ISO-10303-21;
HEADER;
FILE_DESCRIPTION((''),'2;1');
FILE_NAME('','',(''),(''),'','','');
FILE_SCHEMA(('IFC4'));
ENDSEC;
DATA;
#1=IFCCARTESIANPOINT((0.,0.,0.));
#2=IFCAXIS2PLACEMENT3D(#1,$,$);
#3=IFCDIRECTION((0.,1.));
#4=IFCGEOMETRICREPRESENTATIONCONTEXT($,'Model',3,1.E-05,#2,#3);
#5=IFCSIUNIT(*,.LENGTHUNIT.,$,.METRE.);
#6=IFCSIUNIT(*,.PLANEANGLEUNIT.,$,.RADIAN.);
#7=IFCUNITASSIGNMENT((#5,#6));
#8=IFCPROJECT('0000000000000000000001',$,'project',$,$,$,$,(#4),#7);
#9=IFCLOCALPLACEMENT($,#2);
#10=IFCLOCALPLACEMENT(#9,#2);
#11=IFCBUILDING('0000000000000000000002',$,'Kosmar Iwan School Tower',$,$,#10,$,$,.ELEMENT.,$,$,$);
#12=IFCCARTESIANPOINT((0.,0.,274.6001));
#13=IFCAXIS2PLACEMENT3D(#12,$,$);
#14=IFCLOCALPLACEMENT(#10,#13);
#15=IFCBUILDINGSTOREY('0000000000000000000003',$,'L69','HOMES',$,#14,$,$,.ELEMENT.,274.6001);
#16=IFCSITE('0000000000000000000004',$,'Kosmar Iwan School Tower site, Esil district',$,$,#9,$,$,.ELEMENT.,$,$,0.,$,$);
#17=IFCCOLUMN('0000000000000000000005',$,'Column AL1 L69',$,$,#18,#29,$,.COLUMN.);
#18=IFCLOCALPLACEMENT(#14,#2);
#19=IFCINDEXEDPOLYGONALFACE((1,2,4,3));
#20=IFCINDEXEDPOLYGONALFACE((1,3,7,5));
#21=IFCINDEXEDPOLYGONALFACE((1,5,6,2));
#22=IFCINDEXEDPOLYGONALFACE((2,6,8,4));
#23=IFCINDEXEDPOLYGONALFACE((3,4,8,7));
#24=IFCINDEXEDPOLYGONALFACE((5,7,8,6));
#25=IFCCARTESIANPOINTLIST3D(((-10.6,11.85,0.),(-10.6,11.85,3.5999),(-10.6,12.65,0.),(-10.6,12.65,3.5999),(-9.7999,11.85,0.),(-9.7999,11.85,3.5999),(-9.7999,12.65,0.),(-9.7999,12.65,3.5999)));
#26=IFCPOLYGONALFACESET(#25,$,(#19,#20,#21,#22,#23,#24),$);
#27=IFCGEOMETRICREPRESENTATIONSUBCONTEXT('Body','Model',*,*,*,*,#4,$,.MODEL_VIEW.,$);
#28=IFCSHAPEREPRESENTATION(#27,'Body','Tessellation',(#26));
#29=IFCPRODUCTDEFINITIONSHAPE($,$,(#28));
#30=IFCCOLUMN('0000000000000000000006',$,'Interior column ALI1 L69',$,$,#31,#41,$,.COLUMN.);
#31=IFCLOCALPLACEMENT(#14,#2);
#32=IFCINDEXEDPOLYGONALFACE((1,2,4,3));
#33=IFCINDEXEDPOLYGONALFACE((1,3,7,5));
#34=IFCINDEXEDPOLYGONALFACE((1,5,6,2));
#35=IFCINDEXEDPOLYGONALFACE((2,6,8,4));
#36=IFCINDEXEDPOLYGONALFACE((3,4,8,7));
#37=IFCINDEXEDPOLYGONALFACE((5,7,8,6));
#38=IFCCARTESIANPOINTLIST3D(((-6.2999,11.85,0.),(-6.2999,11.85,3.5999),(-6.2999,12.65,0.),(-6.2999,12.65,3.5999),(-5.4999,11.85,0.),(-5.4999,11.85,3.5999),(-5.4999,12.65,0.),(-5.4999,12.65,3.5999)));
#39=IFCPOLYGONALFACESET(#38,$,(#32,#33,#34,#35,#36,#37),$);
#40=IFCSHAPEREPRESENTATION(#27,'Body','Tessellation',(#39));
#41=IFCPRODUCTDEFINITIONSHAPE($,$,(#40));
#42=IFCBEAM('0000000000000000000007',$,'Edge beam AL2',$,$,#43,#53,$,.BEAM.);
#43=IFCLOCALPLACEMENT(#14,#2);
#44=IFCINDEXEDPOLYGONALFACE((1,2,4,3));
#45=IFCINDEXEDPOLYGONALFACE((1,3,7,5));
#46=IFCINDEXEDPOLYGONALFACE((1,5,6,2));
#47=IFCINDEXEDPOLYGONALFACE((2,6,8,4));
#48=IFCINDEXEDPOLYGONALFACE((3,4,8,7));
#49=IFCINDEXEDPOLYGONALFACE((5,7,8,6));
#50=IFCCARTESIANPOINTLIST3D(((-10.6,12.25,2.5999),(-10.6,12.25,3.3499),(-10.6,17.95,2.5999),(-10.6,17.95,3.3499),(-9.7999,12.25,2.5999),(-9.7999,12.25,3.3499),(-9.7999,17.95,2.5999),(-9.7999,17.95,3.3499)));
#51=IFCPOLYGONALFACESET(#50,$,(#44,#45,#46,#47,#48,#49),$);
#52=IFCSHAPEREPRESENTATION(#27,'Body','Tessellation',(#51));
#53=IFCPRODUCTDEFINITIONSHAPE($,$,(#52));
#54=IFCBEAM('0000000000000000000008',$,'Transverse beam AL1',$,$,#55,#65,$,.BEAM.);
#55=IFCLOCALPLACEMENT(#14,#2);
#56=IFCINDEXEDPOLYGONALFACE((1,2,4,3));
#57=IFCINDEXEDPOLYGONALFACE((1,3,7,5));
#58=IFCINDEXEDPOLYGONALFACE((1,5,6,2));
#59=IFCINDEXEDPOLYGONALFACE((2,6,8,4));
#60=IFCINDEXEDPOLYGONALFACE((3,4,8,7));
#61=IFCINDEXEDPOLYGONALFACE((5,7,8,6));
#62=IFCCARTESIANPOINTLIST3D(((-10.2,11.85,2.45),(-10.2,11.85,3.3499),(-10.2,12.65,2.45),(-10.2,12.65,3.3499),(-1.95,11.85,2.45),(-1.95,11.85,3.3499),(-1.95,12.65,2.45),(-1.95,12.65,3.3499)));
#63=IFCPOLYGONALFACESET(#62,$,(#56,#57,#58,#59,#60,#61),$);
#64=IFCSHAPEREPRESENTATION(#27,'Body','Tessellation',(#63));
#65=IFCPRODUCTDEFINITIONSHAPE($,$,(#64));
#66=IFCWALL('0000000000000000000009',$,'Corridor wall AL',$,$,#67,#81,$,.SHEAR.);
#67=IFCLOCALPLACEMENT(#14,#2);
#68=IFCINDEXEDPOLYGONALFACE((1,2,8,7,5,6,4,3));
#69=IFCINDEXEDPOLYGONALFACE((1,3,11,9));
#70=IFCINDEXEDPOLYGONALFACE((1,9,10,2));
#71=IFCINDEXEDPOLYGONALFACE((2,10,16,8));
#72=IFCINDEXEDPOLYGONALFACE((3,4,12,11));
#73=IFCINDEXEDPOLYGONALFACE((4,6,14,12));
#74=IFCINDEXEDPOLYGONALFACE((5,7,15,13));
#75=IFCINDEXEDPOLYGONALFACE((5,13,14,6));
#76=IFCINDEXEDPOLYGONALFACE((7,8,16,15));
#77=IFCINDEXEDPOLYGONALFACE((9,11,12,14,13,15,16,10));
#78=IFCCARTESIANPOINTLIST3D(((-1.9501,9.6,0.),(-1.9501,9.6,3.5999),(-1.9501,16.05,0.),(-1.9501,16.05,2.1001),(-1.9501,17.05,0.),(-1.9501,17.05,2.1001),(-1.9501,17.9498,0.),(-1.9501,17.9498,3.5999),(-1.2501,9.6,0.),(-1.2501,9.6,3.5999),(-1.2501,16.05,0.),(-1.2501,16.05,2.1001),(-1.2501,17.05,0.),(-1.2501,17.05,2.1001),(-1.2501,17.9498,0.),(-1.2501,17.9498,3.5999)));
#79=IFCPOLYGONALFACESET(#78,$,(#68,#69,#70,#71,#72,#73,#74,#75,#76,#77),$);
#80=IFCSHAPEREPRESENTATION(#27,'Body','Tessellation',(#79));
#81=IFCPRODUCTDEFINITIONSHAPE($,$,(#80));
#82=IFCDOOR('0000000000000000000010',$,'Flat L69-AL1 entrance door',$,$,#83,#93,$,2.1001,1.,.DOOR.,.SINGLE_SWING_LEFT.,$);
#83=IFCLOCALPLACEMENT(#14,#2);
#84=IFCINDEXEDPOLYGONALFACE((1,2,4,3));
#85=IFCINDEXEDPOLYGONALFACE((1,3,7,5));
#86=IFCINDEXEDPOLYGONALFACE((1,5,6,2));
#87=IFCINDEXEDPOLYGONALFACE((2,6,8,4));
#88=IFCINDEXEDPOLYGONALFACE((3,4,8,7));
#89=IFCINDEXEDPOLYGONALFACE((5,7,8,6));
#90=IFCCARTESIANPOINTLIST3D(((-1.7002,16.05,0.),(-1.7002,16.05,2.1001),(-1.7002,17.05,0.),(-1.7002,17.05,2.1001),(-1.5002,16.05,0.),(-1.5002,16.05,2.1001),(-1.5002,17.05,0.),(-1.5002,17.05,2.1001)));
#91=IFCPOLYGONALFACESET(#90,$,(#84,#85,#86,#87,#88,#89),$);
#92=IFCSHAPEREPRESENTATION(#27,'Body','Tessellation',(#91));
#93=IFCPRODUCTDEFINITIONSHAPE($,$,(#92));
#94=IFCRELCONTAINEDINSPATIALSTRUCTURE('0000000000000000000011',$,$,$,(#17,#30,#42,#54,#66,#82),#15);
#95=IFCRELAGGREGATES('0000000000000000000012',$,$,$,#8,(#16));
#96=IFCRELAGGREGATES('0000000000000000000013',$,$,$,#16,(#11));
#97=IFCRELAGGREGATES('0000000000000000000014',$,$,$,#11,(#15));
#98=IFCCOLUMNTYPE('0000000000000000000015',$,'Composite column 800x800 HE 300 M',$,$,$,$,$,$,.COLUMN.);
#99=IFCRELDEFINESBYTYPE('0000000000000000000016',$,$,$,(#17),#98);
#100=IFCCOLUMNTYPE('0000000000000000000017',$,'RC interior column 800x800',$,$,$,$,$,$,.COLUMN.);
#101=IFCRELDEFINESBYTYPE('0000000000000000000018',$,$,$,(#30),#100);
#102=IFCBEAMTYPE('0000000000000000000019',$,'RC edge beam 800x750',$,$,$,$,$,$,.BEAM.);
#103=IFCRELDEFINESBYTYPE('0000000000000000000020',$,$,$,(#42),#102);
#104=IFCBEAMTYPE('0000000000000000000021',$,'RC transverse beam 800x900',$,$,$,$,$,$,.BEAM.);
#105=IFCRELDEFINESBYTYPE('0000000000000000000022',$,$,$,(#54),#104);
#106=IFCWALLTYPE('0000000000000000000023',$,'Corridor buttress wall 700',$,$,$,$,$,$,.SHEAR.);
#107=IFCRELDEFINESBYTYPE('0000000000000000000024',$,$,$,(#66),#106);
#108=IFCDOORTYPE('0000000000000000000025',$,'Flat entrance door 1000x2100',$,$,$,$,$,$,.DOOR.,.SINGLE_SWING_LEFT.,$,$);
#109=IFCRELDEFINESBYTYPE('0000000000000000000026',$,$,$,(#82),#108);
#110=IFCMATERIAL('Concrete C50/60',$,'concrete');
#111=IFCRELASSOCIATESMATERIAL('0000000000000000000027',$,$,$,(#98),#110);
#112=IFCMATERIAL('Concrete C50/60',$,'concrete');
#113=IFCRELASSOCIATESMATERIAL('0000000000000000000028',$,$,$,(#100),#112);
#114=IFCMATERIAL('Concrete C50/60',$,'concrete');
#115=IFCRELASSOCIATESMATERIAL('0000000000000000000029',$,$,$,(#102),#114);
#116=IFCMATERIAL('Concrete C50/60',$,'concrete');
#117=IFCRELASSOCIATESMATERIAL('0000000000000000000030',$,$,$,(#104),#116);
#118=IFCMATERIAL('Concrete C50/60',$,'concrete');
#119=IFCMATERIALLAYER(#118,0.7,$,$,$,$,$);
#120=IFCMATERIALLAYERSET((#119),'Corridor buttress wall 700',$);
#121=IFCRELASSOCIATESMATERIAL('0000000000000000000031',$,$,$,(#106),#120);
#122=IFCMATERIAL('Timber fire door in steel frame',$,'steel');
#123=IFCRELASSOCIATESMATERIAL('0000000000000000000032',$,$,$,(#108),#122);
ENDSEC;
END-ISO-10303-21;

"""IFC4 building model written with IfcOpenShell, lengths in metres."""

from ifc_helpers import new_model, si_unit, direction, frame, frame_2d, origin, origin_2d, place, context, subcontext, project, spatial, rectangle, extrude, material, layer, layer_set, material_profile, profile_set, type_object, element, fill, save


model = new_model("IFC4")

# Units and contexts
model_context = context("Model", 3, precision=1e-05, world=origin(), true_north=direction((0.0, 1.0)))
body_context = subcontext(model_context, "Body", "Model", "MODEL_VIEW")
ifc_project = project(units=[si_unit("LENGTHUNIT", "METRE"), si_unit("PLANEANGLEUNIT", "RADIAN")], contexts=[model_context])

# Site, building, storey
site_placement = place(None, origin())
site = spatial("IfcSite", under=ifc_project, at=site_placement, Name="Kosmar Iwan School Tower site, Esil district", CompositionType="ELEMENT", RefElevation=0.0)
building_placement = place(site_placement, origin())
building = spatial("IfcBuilding", under=site, at=building_placement, Name="Kosmar Iwan School Tower", CompositionType="ELEMENT")
storey_placement = place(building_placement, frame((0.0, 0.0, 274.6001)))
storey = spatial("IfcBuildingStorey", under=building, at=storey_placement, Name="L69", Description="HOMES", CompositionType="ELEMENT", Elevation=274.6001)

# Columns
ifc_material_1 = material(Name="Concrete C50/60", Category="concrete")
ifc_material_profile_1 = material_profile(ifc_material_1, rectangle(XDim=0.8, YDim=0.8, at=origin_2d()), Name="RC 800x800 + HE 300 M")
ifc_profile_set_1 = profile_set([ifc_material_profile_1], Name="Concrete C50/60")
column_type_1 = type_object("IfcColumnType", Name="Composite column 800x800 HE 300 M", PredefinedType="COLUMN", material=ifc_profile_set_1)
column_1_placement = place(storey_placement, frame((-10.2, 12.25, 0.0), z_axis=(0.0, 0.0, 1.0), x_axis=(0.0, 1.0, 0.0)))
element("IfcColumn", 1, at=column_1_placement, inside=storey, type_object=column_type_1, Name="Column AL1 L69", PredefinedType="COLUMN", context=body_context, shape_type="SweptSolid", body=[
    extrude(rectangle(XDim=0.8, YDim=0.8, at=origin_2d()), origin(), (0.0, 0.0, 1.0), 3.5999),
])
ifc_material_2 = material(Name="Concrete C50/60", Category="concrete")
ifc_material_profile_2 = material_profile(ifc_material_2, rectangle(XDim=0.8, YDim=0.8, at=origin_2d()), Name="RC 800x800")
ifc_profile_set_2 = profile_set([ifc_material_profile_2], Name="Concrete C50/60")
column_type_2 = type_object("IfcColumnType", Name="RC interior column 800x800", PredefinedType="COLUMN", material=ifc_profile_set_2)
column_2_placement = place(storey_placement, frame((-5.8999, 12.25, 0.0), z_axis=(0.0, 0.0, 1.0), x_axis=(0.0, 1.0, 0.0)))
element("IfcColumn", 2, at=column_2_placement, inside=storey, type_object=column_type_2, Name="Interior column ALI1 L69", PredefinedType="COLUMN", context=body_context, shape_type="SweptSolid", body=[
    extrude(rectangle(XDim=0.8, YDim=0.8, at=origin_2d()), origin(), (0.0, 0.0, 1.0), 3.5999),
])

# Beams
ifc_material_3 = material(Name="Concrete C50/60", Category="concrete")
ifc_material_profile_3 = material_profile(ifc_material_3, rectangle(XDim=0.8, YDim=0.75, at=origin_2d()), Name="RC 800x750")
ifc_profile_set_3 = profile_set([ifc_material_profile_3], Name="Concrete C50/60")
beam_type_1 = type_object("IfcBeamType", Name="RC edge beam 800x750", PredefinedType="BEAM", material=ifc_profile_set_3)
beam_1_placement = place(storey_placement, frame((-10.2, 12.25, 2.9749), z_axis=(0.0, 1.0, 0.0), x_axis=(-1.0, 0.0, 0.0)))
element("IfcBeam", 3, at=beam_1_placement, inside=storey, type_object=beam_type_1, Name="Edge beam AL2", PredefinedType="BEAM", context=body_context, shape_type="SweptSolid", body=[
    extrude(rectangle(XDim=0.8, YDim=0.75, at=origin_2d()), origin(), (0.0, 0.0, 1.0), 5.7),
])
ifc_material_4 = material(Name="Concrete C50/60", Category="concrete")
ifc_material_profile_4 = material_profile(ifc_material_4, rectangle(XDim=0.8, YDim=0.8999, at=origin_2d()), Name="RC 800x900")
ifc_profile_set_4 = profile_set([ifc_material_profile_4], Name="Concrete C50/60")
beam_type_2 = type_object("IfcBeamType", Name="RC transverse beam 800x900", PredefinedType="BEAM", material=ifc_profile_set_4)
beam_2_placement = place(storey_placement, frame((-10.2, 12.25, 2.8999), z_axis=(1.0, 0.0, 0.0), x_axis=(0.0, 1.0, 0.0)))
element("IfcBeam", 4, at=beam_2_placement, inside=storey, type_object=beam_type_2, Name="Transverse beam AL1", PredefinedType="BEAM", context=body_context, shape_type="SweptSolid", body=[
    extrude(rectangle(XDim=0.8, YDim=0.8999, at=origin_2d()), origin(), (0.0, 0.0, 1.0), 8.25),
])

# Wall, opening, door
ifc_material_5 = material(Name="Concrete C50/60", Category="concrete")
ifc_layer_1 = layer(ifc_material_5, 0.7)
ifc_layer_set_1 = layer_set([ifc_layer_1], Name="Corridor buttress wall 700")
wall_type_1 = type_object("IfcWallType", Name="Corridor buttress wall 700", PredefinedType="SHEAR", material=ifc_layer_set_1)
wall_1_placement = place(storey_placement, frame((-1.6001, 9.6001, 0.0), z_axis=(0.0, 0.0, 1.0), x_axis=(0.0, 1.0, 0.0)))
wall_1 = element("IfcWall", 5, at=wall_1_placement, inside=storey, type_object=wall_type_1, Name="Corridor wall AL", PredefinedType="SHEAR", context=body_context, shape_type="SweptSolid", body=[
    extrude(rectangle(XDim=8.3499, YDim=0.7, at=frame_2d((4.1748, 0.0))), origin(), (0.0, 0.0, 1.0), 3.5999),
])
opening_1_placement = place(wall_1_placement, frame((6.45, 0.0, 0.0)))
opening_1 = element("IfcOpeningElement", 6, at=opening_1_placement, cuts=wall_1, PredefinedType="OPENING", context=body_context, shape_type="SweptSolid", body=[
    extrude(rectangle(XDim=1.0, YDim=2.1001, at=frame_2d((0.5, 1.05))), frame((0.0, 0.3621, 0.0), z_axis=(0.0, -1.0, 0.0), x_axis=(1.0, 0.0, 0.0)), (0.0, 0.0, 1.0), 0.7239),
])
ifc_material_6 = material(Name="Timber fire door in steel frame", Category="steel")
door_type_1 = type_object("IfcDoorType", Name="Flat entrance door 1000x2100", OperationType="SINGLE_SWING_LEFT", PredefinedType="DOOR", material=ifc_material_6)
door_1_placement = place(opening_1_placement, origin())
door_1 = element("IfcDoor", 7, at=door_1_placement, inside=storey, type_object=door_type_1, Name="Flat L69-AL1 entrance door", OperationType="SINGLE_SWING_LEFT", OverallHeight=2.1001, OverallWidth=1.0, PredefinedType="DOOR", context=body_context, shape_type="SweptSolid", body=[
    extrude(rectangle(XDim=1.0, YDim=2.1001, at=frame_2d((0.5, 1.05))), frame((0.0, 0.1001, 0.0), z_axis=(0.0, -1.0, 0.0), x_axis=(1.0, 0.0, 0.0)), (0.0, 0.0, 1.0), 0.2),
])
fill(opening_1, door_1)

save(model, "model.ifc")
